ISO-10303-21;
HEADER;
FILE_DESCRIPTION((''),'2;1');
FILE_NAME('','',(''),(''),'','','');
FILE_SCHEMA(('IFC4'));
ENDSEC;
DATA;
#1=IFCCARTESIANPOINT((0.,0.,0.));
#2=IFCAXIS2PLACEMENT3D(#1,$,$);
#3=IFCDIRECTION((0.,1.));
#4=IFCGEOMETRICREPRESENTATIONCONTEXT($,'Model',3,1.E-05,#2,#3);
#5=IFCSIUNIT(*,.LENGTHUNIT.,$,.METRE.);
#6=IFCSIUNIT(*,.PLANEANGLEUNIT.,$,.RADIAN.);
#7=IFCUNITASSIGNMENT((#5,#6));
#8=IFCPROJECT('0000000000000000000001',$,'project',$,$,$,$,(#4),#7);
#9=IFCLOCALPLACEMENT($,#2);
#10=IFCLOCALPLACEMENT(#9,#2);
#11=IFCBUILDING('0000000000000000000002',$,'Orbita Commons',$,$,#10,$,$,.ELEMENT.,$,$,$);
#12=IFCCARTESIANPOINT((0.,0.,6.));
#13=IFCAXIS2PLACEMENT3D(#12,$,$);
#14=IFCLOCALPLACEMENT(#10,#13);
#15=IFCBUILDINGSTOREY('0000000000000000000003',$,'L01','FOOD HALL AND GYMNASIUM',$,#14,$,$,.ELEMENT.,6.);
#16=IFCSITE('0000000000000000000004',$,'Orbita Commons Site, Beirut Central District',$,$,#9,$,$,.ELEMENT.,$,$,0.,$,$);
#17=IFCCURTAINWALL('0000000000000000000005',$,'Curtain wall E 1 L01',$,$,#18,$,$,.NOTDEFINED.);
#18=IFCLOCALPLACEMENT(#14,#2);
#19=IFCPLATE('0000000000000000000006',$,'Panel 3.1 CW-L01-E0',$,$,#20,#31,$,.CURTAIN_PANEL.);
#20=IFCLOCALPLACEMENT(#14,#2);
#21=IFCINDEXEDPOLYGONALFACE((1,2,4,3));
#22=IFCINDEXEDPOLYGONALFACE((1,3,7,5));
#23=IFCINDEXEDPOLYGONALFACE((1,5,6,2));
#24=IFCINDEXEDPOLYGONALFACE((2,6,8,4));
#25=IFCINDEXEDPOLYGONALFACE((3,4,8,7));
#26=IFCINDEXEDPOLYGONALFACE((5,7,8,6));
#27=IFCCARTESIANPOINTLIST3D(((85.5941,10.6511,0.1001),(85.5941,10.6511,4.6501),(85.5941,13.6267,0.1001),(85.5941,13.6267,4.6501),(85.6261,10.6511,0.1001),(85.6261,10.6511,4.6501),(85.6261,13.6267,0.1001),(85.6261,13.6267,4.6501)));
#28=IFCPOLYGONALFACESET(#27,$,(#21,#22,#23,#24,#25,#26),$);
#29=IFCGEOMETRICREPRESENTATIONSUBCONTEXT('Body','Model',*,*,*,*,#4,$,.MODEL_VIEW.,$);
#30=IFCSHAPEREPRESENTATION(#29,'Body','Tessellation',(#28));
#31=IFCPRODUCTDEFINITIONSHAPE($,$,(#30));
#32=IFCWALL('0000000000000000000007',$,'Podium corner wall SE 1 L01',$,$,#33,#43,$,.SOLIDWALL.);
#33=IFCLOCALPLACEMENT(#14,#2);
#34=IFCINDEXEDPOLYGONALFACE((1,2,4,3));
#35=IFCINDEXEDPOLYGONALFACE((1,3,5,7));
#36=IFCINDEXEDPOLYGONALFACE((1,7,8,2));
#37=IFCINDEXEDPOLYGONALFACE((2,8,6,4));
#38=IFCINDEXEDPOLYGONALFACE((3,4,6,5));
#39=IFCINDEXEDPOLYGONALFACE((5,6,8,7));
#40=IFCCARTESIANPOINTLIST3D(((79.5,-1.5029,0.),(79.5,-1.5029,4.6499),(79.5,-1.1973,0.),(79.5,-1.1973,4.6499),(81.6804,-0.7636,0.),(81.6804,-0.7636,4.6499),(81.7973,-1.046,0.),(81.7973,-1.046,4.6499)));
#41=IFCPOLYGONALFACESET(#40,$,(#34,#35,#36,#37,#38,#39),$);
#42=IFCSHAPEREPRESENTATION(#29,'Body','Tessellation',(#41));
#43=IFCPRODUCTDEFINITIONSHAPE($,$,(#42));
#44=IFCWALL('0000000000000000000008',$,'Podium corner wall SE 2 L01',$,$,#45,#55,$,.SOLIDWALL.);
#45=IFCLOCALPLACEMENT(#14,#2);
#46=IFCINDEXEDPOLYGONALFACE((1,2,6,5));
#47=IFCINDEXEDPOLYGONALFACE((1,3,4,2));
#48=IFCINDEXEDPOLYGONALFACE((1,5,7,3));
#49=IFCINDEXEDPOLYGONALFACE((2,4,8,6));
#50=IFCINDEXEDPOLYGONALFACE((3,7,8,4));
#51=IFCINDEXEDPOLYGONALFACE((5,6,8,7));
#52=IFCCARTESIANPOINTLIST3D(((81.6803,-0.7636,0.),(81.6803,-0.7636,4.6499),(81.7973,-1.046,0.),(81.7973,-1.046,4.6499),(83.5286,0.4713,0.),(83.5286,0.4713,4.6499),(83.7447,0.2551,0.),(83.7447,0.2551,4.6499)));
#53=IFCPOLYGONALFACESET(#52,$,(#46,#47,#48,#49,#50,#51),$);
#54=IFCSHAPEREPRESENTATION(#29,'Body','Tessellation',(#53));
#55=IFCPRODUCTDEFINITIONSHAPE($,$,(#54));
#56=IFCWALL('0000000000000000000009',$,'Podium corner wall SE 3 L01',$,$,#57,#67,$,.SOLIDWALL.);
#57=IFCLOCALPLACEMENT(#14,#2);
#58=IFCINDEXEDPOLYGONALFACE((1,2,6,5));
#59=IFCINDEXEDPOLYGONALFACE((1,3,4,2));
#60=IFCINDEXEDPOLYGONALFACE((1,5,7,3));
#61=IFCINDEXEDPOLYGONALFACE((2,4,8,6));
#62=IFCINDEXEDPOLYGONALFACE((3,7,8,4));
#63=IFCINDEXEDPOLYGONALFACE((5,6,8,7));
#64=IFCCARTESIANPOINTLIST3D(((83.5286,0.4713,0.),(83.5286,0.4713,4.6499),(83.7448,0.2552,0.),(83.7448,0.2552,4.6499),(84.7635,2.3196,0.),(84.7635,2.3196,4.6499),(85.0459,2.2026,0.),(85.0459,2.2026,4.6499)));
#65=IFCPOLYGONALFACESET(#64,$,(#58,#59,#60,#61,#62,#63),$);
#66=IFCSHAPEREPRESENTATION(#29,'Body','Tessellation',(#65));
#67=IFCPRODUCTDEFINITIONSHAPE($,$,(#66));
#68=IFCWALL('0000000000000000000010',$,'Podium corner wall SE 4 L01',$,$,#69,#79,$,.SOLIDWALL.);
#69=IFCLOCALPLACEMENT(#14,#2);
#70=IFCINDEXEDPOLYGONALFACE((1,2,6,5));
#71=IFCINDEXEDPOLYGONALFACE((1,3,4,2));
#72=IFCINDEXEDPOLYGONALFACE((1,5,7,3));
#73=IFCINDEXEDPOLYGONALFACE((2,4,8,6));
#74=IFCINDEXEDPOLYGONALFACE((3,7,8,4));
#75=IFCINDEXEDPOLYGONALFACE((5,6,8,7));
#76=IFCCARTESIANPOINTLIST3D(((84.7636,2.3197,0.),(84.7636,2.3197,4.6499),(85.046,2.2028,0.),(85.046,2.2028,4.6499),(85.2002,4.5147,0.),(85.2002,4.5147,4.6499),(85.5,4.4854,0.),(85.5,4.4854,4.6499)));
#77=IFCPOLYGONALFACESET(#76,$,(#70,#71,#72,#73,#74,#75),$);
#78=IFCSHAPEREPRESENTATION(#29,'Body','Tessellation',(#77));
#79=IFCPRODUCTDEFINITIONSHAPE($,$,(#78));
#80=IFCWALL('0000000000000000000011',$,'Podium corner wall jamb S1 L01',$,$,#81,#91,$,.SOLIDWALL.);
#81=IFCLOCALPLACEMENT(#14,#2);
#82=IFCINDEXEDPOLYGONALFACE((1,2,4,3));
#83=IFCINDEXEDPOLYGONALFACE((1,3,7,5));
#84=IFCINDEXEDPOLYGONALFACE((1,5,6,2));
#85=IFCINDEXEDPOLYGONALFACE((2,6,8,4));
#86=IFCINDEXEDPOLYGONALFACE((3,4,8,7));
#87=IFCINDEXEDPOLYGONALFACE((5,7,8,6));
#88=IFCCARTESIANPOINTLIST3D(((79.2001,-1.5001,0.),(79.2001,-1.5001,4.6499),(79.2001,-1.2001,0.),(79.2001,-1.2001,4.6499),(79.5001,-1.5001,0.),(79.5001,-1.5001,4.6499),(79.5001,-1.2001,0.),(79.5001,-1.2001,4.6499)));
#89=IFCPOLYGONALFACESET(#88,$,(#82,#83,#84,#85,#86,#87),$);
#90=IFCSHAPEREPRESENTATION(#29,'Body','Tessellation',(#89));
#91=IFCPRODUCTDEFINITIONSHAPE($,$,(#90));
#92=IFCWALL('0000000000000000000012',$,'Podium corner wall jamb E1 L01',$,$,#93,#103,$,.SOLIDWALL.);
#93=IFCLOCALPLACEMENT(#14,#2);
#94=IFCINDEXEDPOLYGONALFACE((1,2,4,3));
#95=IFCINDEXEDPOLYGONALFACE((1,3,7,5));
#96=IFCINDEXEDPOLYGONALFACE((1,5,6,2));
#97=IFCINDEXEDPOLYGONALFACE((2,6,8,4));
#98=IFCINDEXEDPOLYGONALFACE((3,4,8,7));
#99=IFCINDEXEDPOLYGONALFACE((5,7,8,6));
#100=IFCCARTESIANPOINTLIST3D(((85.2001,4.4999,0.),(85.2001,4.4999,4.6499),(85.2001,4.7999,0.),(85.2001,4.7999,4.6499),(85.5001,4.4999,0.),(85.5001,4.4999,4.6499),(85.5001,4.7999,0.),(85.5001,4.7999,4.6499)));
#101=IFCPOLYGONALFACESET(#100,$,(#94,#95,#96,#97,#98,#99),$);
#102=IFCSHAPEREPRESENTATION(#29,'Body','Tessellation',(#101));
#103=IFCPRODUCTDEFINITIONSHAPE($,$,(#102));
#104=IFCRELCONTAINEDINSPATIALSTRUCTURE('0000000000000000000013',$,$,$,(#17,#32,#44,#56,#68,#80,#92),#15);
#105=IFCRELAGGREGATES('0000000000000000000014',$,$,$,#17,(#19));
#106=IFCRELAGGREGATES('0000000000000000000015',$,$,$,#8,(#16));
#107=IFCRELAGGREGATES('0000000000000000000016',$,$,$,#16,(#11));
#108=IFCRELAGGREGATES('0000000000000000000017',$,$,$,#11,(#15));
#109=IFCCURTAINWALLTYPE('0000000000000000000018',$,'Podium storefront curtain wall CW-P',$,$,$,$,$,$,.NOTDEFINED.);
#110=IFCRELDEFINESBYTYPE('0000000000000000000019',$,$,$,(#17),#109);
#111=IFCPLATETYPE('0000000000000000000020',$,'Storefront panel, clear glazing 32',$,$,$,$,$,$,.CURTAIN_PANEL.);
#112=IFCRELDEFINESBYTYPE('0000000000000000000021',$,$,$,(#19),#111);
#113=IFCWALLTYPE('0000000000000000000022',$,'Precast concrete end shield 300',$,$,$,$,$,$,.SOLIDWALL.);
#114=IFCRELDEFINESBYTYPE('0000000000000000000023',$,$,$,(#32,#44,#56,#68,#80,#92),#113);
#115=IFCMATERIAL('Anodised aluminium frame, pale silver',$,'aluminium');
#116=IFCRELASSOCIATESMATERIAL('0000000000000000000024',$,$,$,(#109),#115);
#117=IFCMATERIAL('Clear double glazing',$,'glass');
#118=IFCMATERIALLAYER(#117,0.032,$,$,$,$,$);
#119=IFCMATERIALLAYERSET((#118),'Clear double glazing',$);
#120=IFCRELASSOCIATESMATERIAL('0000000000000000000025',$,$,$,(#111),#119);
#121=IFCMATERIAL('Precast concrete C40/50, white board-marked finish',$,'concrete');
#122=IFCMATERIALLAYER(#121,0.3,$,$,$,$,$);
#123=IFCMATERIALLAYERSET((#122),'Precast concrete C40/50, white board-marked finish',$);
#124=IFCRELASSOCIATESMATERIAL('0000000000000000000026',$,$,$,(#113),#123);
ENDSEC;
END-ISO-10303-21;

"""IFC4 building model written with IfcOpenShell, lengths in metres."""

from ifc_helpers import new_model, si_unit, direction, frame, frame_2d, origin, origin_2d, place, context, subcontext, project, spatial, polyline, rectangle, outline, extrude, material, layer, layer_set, type_object, element, aggregate, save


model = new_model("IFC4")

# Units and contexts
model_context = context("Model", 3, precision=1e-05, world=origin(), true_north=direction((0.0, 1.0)))
body_context = subcontext(model_context, "Body", "Model", "MODEL_VIEW")
ifc_project = project(units=[si_unit("LENGTHUNIT", "METRE"), si_unit("PLANEANGLEUNIT", "RADIAN")], contexts=[model_context])

# Site, building, storey
site_placement = place(None, origin())
site = spatial("IfcSite", under=ifc_project, at=site_placement, Name="Orbita Commons Site, Beirut Central District", CompositionType="ELEMENT", RefElevation=0.0)
building_placement = place(site_placement, origin())
building = spatial("IfcBuilding", under=site, at=building_placement, Name="Orbita Commons", CompositionType="ELEMENT")
storey_placement = place(building_placement, frame((0.0, 0.0, 6.0)))
storey = spatial("IfcBuildingStorey", under=building, at=storey_placement, Name="L01", Description="FOOD HALL AND GYMNASIUM", CompositionType="ELEMENT", Elevation=6.0)

# Shared definitions
ifc_material_1 = material(Name="Anodised aluminium frame, pale silver", Category="aluminium")
curtain_wall_type = type_object("IfcCurtainWallType", Name="Podium storefront curtain wall CW-P", PredefinedType="NOTDEFINED", material=ifc_material_1)

# Curtain wall
curtain_wall_1_placement = place(storey_placement, origin())
curtain_wall_1 = element("IfcCurtainWall", 1, at=curtain_wall_1_placement, inside=storey, type_object=curtain_wall_type, Name="Curtain wall E 1 L01", PredefinedType="NOTDEFINED")

# Plate
ifc_material_2 = material(Name="Clear double glazing", Category="glass")
ifc_layer_1 = layer(ifc_material_2, 0.032)
ifc_layer_set_1 = layer_set([ifc_layer_1], Name="Clear double glazing")
plate_type = type_object("IfcPlateType", Name="Storefront panel, clear glazing 32", PredefinedType="CURTAIN_PANEL", material=ifc_layer_set_1)
plate_1_placement = place(storey_placement, frame((85.6101, 12.1389, 0.1001), z_axis=(0.0, 0.0, 1.0), x_axis=(0.0, 1.0, 0.0)))
plate_1 = element("IfcPlate", 2, at=plate_1_placement, type_object=plate_type, Name="Panel 3.1 CW-L01-E0", PredefinedType="CURTAIN_PANEL", context=body_context, shape_type="SweptSolid", body=[
    extrude(rectangle(XDim=2.9756, YDim=0.032, at=origin_2d()), origin(), (0.0, 0.0, 1.0), 4.55),
])
aggregate(curtain_wall_1, [plate_1])

# Walls
ifc_material_3 = material(Name="Precast concrete C40/50, white board-marked finish", Category="concrete")
ifc_layer_2 = layer(ifc_material_3, 0.3)
ifc_layer_set_2 = layer_set([ifc_layer_2], Name="Precast concrete C40/50, white board-marked finish")
wall_type = type_object("IfcWallType", Name="Precast concrete end shield 300", PredefinedType="SOLIDWALL", material=ifc_layer_set_2)
wall_1_placement = place(storey_placement, frame((79.5, -1.3501, 0.0), z_axis=(0.0, 0.0, 1.0), x_axis=(0.980786, 0.195088, 0.0)))
element("IfcWall", 3, at=wall_1_placement, inside=storey, type_object=wall_type, Name="Podium corner wall SE 1 L01", PredefinedType="SOLIDWALL", context=body_context, shape_type="SweptSolid", body=[
    extrude(outline(polyline([(-0.0298, -0.1499), (2.3125, -0.1499), (2.2529, 0.1499), (0.0298, 0.1499), (-0.0298, -0.1499)])), origin(), (0.0, 0.0, 1.0), 4.6499),
])
for number, where, z_axis, x_axis, name in (
    (4, (81.7388, -0.9048, 0.0), (0.0, 0.0, 1.0), (0.83149, 0.555539, 0.0), "Podium corner wall SE 2 L01"),
    (5, (83.6367, 0.3633, 0.0), (0.0, 0.0, 1.0), (0.555539, 0.83149, 0.0), "Podium corner wall SE 3 L01"),
):
    element("IfcWall", number, at=place(storey_placement, frame(where, z_axis=z_axis, x_axis=x_axis)), inside=storey, type_object=wall_type, Name=name, PredefinedType="SOLIDWALL", context=body_context, shape_type="SweptSolid", body=[
        extrude(outline(polyline([(-0.0298, -0.1499), (2.3123, -0.1499), (2.2527, 0.1499), (0.0298, 0.1499), (-0.0298, -0.1499)])), origin(), (0.0, 0.0, 1.0), 4.6499),
    ])
wall_2_placement = place(storey_placement, frame((84.9048, 2.2612, 0.0), z_axis=(0.0, 0.0, 1.0), x_axis=(0.195088, 0.980786, 0.0)))
element("IfcWall", 6, at=wall_2_placement, inside=storey, type_object=wall_type, Name="Podium corner wall SE 4 L01", PredefinedType="SOLIDWALL", context=body_context, shape_type="SweptSolid", body=[
    extrude(outline(polyline([(-0.0298, -0.1499), (2.2976, -0.1499), (2.2678, 0.1499), (0.0298, 0.1499), (-0.0298, -0.1499)])), origin(), (0.0, 0.0, 1.0), 4.6499),
])
for number, where, z_axis, x_axis, name in (
    (7, (79.5, -1.3501, 0.0), (0.0, 0.0, 1.0), (-1.0, 0.0, 0.0), "Podium corner wall jamb S1 L01"),
    (8, (85.3501, 4.5, 0.0), (0.0, 0.0, 1.0), (0.0, 1.0, 0.0), "Podium corner wall jamb E1 L01"),
):
    element("IfcWall", number, at=place(storey_placement, frame(where, z_axis=z_axis, x_axis=x_axis)), inside=storey, type_object=wall_type, Name=name, PredefinedType="SOLIDWALL", context=body_context, shape_type="SweptSolid", body=[
        extrude(rectangle(XDim=0.3, YDim=0.3, at=frame_2d((0.1499, 0.0))), origin(), (0.0, 0.0, 1.0), 4.6499),
    ])

save(model, "model.ifc")
